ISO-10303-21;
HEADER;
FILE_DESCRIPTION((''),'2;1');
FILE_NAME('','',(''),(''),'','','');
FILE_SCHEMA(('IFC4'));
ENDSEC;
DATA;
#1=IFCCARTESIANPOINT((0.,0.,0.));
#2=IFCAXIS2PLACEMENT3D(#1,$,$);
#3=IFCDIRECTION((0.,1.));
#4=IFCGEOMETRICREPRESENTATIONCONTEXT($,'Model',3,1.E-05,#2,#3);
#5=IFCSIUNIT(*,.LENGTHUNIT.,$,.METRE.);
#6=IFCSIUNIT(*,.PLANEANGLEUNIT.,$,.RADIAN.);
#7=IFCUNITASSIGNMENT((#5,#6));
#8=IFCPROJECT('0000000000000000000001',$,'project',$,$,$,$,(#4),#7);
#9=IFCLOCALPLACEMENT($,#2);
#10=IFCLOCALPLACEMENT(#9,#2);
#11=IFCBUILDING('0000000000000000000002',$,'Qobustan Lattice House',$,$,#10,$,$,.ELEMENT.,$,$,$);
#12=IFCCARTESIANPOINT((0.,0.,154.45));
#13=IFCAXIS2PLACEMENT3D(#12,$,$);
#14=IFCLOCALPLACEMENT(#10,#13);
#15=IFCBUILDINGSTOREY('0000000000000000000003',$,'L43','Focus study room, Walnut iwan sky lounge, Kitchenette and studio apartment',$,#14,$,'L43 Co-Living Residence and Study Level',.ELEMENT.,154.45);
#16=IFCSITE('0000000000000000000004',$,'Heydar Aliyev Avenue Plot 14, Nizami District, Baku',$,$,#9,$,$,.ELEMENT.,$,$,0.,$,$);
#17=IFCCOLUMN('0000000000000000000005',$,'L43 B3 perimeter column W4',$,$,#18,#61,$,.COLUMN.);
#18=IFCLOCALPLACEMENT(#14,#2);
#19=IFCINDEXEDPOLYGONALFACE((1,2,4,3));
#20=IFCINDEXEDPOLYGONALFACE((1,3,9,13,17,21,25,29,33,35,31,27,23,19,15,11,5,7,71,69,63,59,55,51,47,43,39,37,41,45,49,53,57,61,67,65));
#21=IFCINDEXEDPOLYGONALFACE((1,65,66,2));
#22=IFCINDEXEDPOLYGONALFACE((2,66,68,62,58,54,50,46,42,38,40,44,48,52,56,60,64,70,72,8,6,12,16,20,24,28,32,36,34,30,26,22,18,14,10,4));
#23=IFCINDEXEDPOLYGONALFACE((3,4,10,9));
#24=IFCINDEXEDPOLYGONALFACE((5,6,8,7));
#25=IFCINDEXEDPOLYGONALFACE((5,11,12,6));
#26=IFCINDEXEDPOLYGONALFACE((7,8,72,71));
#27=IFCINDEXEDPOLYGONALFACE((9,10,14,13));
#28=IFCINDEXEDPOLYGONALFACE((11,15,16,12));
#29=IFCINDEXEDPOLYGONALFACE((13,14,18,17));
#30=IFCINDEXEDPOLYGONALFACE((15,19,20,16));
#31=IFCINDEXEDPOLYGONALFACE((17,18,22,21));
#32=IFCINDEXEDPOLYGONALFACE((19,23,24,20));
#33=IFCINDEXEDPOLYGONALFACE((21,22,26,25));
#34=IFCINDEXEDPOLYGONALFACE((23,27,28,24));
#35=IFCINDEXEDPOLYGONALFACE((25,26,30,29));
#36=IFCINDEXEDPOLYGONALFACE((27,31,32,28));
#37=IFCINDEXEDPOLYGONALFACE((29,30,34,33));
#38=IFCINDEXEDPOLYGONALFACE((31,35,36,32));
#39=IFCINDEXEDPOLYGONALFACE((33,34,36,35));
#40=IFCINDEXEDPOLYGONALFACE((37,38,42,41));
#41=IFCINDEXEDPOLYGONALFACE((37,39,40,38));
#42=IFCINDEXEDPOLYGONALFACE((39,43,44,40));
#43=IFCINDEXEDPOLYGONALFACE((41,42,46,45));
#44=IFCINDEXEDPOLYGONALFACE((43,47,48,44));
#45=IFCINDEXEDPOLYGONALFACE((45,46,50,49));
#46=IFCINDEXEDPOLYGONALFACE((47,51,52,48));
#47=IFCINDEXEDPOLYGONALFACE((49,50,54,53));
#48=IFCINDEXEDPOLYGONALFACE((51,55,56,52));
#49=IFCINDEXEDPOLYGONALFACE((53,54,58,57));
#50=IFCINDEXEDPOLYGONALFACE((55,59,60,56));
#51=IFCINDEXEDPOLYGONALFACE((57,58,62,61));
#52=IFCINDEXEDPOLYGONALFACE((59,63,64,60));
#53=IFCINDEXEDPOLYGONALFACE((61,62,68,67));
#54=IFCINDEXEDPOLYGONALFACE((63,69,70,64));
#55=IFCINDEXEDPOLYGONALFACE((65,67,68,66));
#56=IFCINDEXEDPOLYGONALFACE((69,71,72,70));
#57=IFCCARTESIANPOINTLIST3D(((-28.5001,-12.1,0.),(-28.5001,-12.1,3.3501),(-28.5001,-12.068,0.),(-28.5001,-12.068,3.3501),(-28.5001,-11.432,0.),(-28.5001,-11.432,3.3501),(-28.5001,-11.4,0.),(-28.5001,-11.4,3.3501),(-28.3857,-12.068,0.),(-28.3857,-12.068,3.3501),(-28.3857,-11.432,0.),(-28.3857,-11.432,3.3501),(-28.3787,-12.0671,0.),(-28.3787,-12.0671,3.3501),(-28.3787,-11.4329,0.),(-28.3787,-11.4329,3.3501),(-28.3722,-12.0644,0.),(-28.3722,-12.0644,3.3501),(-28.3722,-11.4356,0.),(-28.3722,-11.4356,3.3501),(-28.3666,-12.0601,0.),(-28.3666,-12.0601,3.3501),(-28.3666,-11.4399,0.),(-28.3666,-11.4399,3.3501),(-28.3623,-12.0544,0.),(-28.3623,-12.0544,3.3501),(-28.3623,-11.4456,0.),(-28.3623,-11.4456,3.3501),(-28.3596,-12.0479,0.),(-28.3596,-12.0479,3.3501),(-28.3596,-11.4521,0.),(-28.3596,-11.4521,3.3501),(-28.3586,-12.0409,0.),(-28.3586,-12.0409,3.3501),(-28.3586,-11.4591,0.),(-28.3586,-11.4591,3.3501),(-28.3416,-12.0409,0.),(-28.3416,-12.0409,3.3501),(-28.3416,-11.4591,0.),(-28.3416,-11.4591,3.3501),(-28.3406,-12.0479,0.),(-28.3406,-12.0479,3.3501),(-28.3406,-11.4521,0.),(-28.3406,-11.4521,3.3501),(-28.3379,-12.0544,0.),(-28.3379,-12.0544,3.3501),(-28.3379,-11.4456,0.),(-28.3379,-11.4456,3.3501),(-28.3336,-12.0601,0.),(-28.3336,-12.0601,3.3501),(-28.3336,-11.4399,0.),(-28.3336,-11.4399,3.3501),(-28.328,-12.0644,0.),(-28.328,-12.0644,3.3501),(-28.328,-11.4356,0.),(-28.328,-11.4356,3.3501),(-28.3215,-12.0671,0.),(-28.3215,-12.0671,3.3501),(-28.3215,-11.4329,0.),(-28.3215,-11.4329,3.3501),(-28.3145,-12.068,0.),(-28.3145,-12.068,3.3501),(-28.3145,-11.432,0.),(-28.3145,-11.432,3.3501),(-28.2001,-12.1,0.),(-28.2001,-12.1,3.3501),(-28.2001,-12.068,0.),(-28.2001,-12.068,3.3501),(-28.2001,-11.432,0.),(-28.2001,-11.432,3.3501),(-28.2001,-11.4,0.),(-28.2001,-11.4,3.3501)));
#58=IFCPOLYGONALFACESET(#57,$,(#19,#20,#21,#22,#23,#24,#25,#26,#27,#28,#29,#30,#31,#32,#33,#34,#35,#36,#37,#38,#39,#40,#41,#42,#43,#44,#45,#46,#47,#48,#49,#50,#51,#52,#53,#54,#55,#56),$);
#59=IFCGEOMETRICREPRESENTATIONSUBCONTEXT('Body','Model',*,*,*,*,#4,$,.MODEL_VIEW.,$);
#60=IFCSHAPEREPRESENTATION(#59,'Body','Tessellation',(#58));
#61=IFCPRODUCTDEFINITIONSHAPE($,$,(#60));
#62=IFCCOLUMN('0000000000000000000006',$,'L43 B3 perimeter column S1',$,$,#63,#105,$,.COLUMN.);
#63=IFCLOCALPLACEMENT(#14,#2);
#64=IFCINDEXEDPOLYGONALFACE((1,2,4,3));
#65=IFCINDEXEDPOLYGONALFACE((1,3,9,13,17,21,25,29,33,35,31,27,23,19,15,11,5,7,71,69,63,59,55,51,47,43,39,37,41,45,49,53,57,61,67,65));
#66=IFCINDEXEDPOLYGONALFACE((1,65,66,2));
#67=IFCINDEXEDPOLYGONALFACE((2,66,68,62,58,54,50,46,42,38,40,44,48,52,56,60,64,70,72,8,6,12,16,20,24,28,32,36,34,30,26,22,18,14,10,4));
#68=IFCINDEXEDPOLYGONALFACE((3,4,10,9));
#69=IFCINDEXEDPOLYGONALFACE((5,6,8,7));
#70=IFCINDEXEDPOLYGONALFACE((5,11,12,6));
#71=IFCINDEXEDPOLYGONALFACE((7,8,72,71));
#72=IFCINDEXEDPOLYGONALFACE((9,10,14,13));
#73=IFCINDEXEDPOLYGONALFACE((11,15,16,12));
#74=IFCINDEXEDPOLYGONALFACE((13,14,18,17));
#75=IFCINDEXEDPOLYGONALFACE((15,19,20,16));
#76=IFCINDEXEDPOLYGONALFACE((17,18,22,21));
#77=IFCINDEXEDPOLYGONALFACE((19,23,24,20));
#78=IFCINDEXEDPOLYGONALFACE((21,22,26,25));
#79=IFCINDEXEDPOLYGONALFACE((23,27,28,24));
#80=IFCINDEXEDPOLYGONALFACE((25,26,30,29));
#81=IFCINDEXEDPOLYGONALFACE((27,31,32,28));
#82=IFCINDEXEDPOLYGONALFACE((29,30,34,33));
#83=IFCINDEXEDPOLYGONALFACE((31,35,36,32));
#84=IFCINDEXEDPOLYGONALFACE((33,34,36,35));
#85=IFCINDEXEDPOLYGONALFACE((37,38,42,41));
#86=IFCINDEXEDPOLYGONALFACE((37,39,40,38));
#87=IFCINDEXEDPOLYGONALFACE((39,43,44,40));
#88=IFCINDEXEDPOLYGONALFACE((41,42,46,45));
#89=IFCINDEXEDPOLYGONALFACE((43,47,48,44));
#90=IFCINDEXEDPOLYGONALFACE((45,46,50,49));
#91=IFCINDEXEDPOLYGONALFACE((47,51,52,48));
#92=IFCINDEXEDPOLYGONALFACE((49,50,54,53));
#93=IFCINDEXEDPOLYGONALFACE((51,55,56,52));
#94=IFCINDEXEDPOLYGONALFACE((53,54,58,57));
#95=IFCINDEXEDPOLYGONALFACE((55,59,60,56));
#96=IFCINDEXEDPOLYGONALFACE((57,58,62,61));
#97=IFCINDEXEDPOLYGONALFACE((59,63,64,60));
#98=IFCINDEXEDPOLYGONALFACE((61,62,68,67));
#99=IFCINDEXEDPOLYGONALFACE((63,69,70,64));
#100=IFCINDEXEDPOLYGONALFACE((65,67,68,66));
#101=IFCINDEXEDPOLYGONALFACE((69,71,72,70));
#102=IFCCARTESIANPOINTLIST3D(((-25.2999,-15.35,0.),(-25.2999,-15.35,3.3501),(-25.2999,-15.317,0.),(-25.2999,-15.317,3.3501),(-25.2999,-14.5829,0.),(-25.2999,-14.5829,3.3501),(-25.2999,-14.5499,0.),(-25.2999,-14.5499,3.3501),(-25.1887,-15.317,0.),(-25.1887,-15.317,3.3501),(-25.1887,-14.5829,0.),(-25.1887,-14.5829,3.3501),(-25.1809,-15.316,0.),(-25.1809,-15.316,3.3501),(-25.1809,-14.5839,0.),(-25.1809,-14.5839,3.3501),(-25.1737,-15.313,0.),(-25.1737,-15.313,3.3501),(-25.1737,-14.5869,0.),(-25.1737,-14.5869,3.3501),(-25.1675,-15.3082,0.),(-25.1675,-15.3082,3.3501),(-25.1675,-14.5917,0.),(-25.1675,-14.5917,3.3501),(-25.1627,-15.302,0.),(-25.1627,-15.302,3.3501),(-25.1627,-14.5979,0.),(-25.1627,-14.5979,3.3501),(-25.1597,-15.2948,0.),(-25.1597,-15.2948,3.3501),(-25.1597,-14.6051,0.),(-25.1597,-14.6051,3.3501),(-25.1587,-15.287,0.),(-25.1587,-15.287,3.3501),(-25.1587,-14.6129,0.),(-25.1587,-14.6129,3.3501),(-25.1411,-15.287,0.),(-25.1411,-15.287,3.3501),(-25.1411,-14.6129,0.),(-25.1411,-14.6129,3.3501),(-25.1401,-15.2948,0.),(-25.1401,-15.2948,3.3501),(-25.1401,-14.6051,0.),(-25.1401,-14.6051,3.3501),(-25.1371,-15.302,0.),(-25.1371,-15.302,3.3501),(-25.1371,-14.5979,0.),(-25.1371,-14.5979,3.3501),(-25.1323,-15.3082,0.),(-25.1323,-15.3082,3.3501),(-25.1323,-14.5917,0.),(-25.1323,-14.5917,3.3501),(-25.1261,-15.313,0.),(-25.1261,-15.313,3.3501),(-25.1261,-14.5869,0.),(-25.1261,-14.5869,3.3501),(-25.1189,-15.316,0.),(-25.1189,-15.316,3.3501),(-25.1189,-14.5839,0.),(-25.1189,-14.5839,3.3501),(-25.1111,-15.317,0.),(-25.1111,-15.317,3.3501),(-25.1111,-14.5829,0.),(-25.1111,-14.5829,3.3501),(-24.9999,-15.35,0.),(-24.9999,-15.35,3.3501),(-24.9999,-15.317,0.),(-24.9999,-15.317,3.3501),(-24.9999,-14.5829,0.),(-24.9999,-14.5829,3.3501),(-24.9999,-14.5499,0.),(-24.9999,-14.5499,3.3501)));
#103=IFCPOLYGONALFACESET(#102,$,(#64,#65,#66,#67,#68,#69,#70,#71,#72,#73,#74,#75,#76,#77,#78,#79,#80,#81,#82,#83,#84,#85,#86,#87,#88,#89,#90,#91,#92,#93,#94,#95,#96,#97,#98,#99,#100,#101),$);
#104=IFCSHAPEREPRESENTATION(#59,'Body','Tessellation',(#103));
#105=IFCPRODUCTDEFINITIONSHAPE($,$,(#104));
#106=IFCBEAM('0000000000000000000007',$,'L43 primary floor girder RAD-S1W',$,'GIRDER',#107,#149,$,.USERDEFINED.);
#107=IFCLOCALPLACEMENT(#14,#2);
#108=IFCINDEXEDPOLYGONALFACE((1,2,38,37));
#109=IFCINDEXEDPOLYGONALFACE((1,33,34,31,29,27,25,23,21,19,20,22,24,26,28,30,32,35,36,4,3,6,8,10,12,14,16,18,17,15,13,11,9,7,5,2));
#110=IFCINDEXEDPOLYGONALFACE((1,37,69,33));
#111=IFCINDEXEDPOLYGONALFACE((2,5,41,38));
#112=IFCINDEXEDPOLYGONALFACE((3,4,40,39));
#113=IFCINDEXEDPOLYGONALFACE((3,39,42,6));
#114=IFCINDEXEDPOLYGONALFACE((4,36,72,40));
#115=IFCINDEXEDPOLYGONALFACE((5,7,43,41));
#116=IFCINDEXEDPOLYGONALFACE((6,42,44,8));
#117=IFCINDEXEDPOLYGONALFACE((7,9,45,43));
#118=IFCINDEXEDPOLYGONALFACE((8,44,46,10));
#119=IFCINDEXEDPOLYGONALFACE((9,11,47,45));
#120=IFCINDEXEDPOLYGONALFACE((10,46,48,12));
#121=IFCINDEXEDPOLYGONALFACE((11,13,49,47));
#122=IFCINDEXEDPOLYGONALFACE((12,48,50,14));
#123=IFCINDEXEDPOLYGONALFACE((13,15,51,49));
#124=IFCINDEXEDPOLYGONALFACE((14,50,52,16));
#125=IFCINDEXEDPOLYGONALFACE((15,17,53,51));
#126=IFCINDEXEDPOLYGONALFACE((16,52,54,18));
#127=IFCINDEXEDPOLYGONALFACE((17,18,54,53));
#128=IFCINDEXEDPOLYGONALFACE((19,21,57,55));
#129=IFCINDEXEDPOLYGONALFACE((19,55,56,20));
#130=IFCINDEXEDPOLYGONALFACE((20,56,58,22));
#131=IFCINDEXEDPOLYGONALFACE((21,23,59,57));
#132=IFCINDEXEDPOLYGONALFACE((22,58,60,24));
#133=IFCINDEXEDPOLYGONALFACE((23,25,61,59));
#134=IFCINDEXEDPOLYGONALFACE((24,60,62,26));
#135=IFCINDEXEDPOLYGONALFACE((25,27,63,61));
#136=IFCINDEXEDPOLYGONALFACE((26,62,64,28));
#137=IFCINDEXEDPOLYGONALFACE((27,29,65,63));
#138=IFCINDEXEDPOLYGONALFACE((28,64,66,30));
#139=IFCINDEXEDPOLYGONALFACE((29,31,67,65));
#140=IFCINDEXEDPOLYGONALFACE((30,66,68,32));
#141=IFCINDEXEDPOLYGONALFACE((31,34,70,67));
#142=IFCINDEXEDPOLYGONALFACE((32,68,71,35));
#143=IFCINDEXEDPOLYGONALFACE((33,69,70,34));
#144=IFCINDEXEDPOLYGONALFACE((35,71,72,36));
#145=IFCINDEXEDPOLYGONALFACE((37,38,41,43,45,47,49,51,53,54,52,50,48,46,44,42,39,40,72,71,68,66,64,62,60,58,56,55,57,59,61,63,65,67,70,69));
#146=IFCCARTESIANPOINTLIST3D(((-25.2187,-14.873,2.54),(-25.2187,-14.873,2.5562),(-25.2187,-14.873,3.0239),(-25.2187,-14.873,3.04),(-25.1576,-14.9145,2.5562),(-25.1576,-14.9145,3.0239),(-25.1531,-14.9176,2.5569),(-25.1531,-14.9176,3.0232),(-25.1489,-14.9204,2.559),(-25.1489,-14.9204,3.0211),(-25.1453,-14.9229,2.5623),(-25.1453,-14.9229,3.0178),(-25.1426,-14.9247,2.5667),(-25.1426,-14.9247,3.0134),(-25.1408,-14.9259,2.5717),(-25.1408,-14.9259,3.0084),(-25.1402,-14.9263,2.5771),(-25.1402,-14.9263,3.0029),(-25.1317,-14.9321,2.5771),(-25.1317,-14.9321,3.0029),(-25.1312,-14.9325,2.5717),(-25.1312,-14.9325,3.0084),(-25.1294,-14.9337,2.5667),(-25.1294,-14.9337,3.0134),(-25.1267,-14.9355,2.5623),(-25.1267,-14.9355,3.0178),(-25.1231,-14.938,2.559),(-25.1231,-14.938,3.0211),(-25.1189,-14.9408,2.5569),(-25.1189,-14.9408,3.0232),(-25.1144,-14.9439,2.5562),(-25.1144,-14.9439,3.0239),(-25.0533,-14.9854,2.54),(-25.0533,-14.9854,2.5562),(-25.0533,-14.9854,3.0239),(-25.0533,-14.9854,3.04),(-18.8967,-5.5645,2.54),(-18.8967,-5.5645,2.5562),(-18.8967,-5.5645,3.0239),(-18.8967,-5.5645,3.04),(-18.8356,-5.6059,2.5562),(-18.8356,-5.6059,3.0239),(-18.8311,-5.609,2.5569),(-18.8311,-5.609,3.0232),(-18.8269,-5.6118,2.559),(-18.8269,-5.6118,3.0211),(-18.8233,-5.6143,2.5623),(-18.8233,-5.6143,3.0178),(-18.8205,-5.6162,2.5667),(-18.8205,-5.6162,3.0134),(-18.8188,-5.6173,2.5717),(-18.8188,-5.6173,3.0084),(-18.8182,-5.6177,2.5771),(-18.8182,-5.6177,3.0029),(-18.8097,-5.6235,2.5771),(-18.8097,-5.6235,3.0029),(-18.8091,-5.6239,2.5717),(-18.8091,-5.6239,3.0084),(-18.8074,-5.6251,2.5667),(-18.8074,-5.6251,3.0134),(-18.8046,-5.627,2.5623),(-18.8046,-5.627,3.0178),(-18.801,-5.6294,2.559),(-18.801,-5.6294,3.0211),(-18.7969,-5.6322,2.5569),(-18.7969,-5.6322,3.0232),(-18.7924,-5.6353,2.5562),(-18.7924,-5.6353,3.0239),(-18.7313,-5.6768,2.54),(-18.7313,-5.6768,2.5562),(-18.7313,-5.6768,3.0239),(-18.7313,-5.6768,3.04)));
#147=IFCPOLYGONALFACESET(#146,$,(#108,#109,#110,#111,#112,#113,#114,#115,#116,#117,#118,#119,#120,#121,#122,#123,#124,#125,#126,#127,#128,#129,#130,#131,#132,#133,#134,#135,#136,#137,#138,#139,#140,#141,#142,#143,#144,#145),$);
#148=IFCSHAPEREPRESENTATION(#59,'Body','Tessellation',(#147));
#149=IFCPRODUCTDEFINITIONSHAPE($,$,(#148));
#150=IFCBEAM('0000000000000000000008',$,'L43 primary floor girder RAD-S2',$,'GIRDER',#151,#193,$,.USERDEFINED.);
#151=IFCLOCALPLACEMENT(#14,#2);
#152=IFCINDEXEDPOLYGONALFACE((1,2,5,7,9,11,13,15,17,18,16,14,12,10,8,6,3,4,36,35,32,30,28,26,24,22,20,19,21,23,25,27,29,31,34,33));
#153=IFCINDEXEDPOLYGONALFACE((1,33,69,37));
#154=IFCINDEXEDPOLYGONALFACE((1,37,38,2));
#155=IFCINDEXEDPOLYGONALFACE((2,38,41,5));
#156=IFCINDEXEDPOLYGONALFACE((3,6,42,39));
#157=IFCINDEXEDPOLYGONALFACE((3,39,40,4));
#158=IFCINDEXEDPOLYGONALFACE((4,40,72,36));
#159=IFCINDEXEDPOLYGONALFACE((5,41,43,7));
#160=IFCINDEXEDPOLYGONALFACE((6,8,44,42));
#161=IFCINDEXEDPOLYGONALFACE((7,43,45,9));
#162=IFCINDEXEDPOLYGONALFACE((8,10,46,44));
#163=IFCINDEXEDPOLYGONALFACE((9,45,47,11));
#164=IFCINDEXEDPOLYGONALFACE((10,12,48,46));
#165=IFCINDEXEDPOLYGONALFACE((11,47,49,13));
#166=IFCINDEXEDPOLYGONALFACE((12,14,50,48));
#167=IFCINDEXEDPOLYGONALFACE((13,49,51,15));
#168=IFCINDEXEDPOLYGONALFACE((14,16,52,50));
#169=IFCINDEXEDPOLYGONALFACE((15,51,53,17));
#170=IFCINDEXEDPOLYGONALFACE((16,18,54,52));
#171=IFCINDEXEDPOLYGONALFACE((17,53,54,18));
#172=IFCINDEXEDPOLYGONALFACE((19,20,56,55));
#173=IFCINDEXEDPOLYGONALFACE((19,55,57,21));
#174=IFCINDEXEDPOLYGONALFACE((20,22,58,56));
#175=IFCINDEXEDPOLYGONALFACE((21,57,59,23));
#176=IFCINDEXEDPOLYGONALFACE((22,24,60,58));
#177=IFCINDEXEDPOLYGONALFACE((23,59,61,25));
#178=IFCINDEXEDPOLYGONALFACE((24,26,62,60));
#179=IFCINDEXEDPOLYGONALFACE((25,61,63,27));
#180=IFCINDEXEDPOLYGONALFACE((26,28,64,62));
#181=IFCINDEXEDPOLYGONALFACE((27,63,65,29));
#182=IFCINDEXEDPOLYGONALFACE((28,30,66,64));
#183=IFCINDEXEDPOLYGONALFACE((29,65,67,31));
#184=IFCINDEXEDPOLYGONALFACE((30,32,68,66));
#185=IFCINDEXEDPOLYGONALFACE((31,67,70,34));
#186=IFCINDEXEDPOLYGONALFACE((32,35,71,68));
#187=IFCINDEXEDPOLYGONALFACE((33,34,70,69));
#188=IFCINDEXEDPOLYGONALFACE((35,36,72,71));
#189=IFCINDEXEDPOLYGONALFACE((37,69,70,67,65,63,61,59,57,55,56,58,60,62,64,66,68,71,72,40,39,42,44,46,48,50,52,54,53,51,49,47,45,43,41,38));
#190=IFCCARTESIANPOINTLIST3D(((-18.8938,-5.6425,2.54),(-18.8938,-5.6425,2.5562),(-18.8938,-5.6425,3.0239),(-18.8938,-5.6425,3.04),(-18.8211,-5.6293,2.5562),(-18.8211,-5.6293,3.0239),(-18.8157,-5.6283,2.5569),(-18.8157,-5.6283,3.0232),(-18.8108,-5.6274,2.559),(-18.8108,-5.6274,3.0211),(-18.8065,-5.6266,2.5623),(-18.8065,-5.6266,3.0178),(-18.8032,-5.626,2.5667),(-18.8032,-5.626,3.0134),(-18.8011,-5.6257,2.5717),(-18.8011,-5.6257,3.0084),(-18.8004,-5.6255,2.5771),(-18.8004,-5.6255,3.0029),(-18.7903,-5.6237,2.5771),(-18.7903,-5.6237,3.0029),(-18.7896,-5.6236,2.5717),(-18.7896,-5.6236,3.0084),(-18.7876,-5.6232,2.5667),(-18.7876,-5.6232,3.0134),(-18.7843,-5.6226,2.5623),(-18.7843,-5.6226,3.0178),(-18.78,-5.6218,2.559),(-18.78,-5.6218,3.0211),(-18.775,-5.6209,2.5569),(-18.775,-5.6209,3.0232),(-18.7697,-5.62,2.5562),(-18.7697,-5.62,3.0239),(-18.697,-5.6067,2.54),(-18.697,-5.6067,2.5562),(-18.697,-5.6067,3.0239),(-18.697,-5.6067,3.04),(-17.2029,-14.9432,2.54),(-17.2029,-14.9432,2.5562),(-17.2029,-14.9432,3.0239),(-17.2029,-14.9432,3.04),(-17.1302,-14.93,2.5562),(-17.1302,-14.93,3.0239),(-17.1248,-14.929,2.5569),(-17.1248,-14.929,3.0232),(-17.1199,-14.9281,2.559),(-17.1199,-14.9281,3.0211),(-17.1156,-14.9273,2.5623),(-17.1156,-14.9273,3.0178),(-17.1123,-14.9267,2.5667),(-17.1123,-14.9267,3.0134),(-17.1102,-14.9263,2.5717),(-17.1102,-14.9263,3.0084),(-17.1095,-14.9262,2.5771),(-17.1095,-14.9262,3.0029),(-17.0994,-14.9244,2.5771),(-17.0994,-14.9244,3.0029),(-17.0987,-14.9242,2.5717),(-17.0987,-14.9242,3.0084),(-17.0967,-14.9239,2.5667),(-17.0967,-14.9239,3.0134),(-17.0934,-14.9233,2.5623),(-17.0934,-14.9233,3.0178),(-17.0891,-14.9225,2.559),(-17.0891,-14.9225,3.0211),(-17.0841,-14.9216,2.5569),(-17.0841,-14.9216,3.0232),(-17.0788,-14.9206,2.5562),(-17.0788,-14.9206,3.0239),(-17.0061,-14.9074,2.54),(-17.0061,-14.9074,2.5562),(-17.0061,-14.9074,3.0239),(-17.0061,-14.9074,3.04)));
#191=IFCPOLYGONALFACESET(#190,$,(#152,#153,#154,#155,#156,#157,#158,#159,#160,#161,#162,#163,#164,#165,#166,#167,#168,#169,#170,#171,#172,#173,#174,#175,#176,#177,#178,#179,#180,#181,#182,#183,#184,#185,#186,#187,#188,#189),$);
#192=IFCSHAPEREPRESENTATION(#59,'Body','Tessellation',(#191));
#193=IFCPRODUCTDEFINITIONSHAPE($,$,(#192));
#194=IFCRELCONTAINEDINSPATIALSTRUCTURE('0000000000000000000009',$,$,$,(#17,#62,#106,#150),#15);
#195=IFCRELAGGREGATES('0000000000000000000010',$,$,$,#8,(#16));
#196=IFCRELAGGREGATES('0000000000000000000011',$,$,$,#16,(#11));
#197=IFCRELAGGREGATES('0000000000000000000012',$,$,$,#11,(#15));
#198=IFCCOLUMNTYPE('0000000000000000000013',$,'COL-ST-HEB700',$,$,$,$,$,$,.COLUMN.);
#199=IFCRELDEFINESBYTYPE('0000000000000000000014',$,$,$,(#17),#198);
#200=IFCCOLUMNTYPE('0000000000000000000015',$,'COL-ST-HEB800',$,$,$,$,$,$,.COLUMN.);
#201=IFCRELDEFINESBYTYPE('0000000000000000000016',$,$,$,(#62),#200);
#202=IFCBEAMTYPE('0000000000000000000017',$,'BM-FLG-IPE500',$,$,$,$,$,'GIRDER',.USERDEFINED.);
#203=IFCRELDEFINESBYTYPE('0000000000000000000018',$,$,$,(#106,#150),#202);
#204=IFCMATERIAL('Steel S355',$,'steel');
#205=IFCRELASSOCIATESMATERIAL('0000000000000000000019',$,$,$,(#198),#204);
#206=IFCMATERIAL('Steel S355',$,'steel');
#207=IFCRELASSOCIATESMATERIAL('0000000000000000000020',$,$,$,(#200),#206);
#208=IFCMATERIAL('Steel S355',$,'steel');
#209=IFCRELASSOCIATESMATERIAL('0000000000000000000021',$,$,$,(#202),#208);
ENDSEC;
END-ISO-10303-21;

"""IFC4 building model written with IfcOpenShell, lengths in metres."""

from ifc_helpers import new_model, si_unit, direction, frame, origin, origin_2d, place, context, subcontext, project, spatial, i_section, extrude, material, material_profile, profile_set, type_object, element, save


model = new_model("IFC4")

# Units and contexts
model_context = context("Model", 3, precision=1e-05, world=origin(), true_north=direction((0.0, 1.0)))
body_context = subcontext(model_context, "Body", "Model", "MODEL_VIEW")
ifc_project = project(units=[si_unit("LENGTHUNIT", "METRE"), si_unit("PLANEANGLEUNIT", "RADIAN")], contexts=[model_context])

# Site, building, storey
site_placement = place(None, origin())
site = spatial("IfcSite", under=ifc_project, at=site_placement, Name="Heydar Aliyev Avenue Plot 14, Nizami District, Baku", CompositionType="ELEMENT", RefElevation=0.0)
building_placement = place(site_placement, origin())
building = spatial("IfcBuilding", under=site, at=building_placement, Name="Qobustan Lattice House", CompositionType="ELEMENT")
storey_placement = place(building_placement, frame((0.0, 0.0, 154.45)))
storey = spatial("IfcBuildingStorey", under=building, at=storey_placement, Name="L43", Description="Focus study room, Walnut iwan sky lounge, Kitchenette and studio apartment", LongName="L43 Co-Living Residence and Study Level", CompositionType="ELEMENT", Elevation=154.45)

# Columns
ifc_material_1 = material(Name="Steel S355", Category="steel")
ifc_material_profile_1 = material_profile(ifc_material_1, i_section(OverallWidth=0.3, OverallDepth=0.7, WebThickness=0.0171, FlangeThickness=0.032, FilletRadius=0.0271, at=origin_2d()), Name="HEB700")
ifc_profile_set_1 = profile_set([ifc_material_profile_1], Name="Steel S355")
column_type_1 = type_object("IfcColumnType", Name="COL-ST-HEB700", PredefinedType="COLUMN", material=ifc_profile_set_1)
column_1_placement = place(storey_placement, frame((-28.3501, -11.75, 0.0), z_axis=(0.0, 0.0, 1.0), x_axis=(1.0, 0.0, 0.0)))
element("IfcColumn", 1, at=column_1_placement, inside=storey, type_object=column_type_1, Name="L43 B3 perimeter column W4", PredefinedType="COLUMN", context=body_context, shape_type="SweptSolid", body=[
    extrude(i_section(OverallWidth=0.3, OverallDepth=0.7, WebThickness=0.0171, FlangeThickness=0.032, FilletRadius=0.0271, at=origin_2d()), origin(), (0.0, 0.0, 1.0), 3.3501),
])
ifc_material_2 = material(Name="Steel S355", Category="steel")
ifc_material_profile_2 = material_profile(ifc_material_2, i_section(OverallWidth=0.3, OverallDepth=0.8, WebThickness=0.0176, FlangeThickness=0.033, FilletRadius=0.03, at=origin_2d()), Name="HEB800")
ifc_profile_set_2 = profile_set([ifc_material_profile_2], Name="Steel S355")
column_type_2 = type_object("IfcColumnType", Name="COL-ST-HEB800", PredefinedType="COLUMN", material=ifc_profile_set_2)
column_2_placement = place(storey_placement, frame((-25.1499, -14.95, 0.0), z_axis=(0.0, 0.0, 1.0), x_axis=(1.0, 0.0, 0.0)))
element("IfcColumn", 2, at=column_2_placement, inside=storey, type_object=column_type_2, Name="L43 B3 perimeter column S1", PredefinedType="COLUMN", context=body_context, shape_type="SweptSolid", body=[
    extrude(i_section(OverallWidth=0.3, OverallDepth=0.8, WebThickness=0.0176, FlangeThickness=0.033, FilletRadius=0.03, at=origin_2d()), origin(), (0.0, 0.0, 1.0), 3.3501),
])

# Beams
ifc_material_3 = material(Name="Steel S355", Category="steel")
ifc_material_profile_3 = material_profile(ifc_material_3, i_section(OverallWidth=0.2, OverallDepth=0.5, WebThickness=0.0103, FlangeThickness=0.0161, FilletRadius=0.021, at=origin_2d()), Name="IPE500")
ifc_profile_set_3 = profile_set([ifc_material_profile_3], Name="Steel S355")
beam_type_1 = type_object("IfcBeamType", Name="BM-FLG-IPE500", ElementType="GIRDER", PredefinedType="USERDEFINED", material=ifc_profile_set_3)
beam_1_placement = place(storey_placement, frame((-25.136, -14.9292, 2.79), z_axis=(0.561835, 0.82725, 0.0), x_axis=(-0.82725, 0.561835, 0.0)))
element("IfcBeam", 3, at=beam_1_placement, inside=storey, type_object=beam_type_1, Name="L43 primary floor girder RAD-S1W", ObjectType="GIRDER", PredefinedType="USERDEFINED", context=body_context, shape_type="SweptSolid", body=[
    extrude(i_section(OverallWidth=0.2, OverallDepth=0.5, WebThickness=0.0103, FlangeThickness=0.0161, FilletRadius=0.021, at=origin_2d()), origin(), (0.0, 0.0, 1.0), 11.2524),
])
beam_2_placement = place(storey_placement, frame((-17.1045, -14.9253, 2.79), z_axis=(-0.178872, 0.983872, 0.0), x_axis=(-0.983872, -0.178872, 0.0)))
element("IfcBeam", 4, at=beam_2_placement, inside=storey, type_object=beam_type_1, Name="L43 primary floor girder RAD-S2", ObjectType="GIRDER", PredefinedType="USERDEFINED", context=body_context, shape_type="SweptSolid", body=[
    extrude(i_section(OverallWidth=0.2, OverallDepth=0.5, WebThickness=0.0103, FlangeThickness=0.0161, FilletRadius=0.021, at=origin_2d()), origin(), (0.0, 0.0, 1.0), 9.4531),
])

save(model, "model.ifc")
